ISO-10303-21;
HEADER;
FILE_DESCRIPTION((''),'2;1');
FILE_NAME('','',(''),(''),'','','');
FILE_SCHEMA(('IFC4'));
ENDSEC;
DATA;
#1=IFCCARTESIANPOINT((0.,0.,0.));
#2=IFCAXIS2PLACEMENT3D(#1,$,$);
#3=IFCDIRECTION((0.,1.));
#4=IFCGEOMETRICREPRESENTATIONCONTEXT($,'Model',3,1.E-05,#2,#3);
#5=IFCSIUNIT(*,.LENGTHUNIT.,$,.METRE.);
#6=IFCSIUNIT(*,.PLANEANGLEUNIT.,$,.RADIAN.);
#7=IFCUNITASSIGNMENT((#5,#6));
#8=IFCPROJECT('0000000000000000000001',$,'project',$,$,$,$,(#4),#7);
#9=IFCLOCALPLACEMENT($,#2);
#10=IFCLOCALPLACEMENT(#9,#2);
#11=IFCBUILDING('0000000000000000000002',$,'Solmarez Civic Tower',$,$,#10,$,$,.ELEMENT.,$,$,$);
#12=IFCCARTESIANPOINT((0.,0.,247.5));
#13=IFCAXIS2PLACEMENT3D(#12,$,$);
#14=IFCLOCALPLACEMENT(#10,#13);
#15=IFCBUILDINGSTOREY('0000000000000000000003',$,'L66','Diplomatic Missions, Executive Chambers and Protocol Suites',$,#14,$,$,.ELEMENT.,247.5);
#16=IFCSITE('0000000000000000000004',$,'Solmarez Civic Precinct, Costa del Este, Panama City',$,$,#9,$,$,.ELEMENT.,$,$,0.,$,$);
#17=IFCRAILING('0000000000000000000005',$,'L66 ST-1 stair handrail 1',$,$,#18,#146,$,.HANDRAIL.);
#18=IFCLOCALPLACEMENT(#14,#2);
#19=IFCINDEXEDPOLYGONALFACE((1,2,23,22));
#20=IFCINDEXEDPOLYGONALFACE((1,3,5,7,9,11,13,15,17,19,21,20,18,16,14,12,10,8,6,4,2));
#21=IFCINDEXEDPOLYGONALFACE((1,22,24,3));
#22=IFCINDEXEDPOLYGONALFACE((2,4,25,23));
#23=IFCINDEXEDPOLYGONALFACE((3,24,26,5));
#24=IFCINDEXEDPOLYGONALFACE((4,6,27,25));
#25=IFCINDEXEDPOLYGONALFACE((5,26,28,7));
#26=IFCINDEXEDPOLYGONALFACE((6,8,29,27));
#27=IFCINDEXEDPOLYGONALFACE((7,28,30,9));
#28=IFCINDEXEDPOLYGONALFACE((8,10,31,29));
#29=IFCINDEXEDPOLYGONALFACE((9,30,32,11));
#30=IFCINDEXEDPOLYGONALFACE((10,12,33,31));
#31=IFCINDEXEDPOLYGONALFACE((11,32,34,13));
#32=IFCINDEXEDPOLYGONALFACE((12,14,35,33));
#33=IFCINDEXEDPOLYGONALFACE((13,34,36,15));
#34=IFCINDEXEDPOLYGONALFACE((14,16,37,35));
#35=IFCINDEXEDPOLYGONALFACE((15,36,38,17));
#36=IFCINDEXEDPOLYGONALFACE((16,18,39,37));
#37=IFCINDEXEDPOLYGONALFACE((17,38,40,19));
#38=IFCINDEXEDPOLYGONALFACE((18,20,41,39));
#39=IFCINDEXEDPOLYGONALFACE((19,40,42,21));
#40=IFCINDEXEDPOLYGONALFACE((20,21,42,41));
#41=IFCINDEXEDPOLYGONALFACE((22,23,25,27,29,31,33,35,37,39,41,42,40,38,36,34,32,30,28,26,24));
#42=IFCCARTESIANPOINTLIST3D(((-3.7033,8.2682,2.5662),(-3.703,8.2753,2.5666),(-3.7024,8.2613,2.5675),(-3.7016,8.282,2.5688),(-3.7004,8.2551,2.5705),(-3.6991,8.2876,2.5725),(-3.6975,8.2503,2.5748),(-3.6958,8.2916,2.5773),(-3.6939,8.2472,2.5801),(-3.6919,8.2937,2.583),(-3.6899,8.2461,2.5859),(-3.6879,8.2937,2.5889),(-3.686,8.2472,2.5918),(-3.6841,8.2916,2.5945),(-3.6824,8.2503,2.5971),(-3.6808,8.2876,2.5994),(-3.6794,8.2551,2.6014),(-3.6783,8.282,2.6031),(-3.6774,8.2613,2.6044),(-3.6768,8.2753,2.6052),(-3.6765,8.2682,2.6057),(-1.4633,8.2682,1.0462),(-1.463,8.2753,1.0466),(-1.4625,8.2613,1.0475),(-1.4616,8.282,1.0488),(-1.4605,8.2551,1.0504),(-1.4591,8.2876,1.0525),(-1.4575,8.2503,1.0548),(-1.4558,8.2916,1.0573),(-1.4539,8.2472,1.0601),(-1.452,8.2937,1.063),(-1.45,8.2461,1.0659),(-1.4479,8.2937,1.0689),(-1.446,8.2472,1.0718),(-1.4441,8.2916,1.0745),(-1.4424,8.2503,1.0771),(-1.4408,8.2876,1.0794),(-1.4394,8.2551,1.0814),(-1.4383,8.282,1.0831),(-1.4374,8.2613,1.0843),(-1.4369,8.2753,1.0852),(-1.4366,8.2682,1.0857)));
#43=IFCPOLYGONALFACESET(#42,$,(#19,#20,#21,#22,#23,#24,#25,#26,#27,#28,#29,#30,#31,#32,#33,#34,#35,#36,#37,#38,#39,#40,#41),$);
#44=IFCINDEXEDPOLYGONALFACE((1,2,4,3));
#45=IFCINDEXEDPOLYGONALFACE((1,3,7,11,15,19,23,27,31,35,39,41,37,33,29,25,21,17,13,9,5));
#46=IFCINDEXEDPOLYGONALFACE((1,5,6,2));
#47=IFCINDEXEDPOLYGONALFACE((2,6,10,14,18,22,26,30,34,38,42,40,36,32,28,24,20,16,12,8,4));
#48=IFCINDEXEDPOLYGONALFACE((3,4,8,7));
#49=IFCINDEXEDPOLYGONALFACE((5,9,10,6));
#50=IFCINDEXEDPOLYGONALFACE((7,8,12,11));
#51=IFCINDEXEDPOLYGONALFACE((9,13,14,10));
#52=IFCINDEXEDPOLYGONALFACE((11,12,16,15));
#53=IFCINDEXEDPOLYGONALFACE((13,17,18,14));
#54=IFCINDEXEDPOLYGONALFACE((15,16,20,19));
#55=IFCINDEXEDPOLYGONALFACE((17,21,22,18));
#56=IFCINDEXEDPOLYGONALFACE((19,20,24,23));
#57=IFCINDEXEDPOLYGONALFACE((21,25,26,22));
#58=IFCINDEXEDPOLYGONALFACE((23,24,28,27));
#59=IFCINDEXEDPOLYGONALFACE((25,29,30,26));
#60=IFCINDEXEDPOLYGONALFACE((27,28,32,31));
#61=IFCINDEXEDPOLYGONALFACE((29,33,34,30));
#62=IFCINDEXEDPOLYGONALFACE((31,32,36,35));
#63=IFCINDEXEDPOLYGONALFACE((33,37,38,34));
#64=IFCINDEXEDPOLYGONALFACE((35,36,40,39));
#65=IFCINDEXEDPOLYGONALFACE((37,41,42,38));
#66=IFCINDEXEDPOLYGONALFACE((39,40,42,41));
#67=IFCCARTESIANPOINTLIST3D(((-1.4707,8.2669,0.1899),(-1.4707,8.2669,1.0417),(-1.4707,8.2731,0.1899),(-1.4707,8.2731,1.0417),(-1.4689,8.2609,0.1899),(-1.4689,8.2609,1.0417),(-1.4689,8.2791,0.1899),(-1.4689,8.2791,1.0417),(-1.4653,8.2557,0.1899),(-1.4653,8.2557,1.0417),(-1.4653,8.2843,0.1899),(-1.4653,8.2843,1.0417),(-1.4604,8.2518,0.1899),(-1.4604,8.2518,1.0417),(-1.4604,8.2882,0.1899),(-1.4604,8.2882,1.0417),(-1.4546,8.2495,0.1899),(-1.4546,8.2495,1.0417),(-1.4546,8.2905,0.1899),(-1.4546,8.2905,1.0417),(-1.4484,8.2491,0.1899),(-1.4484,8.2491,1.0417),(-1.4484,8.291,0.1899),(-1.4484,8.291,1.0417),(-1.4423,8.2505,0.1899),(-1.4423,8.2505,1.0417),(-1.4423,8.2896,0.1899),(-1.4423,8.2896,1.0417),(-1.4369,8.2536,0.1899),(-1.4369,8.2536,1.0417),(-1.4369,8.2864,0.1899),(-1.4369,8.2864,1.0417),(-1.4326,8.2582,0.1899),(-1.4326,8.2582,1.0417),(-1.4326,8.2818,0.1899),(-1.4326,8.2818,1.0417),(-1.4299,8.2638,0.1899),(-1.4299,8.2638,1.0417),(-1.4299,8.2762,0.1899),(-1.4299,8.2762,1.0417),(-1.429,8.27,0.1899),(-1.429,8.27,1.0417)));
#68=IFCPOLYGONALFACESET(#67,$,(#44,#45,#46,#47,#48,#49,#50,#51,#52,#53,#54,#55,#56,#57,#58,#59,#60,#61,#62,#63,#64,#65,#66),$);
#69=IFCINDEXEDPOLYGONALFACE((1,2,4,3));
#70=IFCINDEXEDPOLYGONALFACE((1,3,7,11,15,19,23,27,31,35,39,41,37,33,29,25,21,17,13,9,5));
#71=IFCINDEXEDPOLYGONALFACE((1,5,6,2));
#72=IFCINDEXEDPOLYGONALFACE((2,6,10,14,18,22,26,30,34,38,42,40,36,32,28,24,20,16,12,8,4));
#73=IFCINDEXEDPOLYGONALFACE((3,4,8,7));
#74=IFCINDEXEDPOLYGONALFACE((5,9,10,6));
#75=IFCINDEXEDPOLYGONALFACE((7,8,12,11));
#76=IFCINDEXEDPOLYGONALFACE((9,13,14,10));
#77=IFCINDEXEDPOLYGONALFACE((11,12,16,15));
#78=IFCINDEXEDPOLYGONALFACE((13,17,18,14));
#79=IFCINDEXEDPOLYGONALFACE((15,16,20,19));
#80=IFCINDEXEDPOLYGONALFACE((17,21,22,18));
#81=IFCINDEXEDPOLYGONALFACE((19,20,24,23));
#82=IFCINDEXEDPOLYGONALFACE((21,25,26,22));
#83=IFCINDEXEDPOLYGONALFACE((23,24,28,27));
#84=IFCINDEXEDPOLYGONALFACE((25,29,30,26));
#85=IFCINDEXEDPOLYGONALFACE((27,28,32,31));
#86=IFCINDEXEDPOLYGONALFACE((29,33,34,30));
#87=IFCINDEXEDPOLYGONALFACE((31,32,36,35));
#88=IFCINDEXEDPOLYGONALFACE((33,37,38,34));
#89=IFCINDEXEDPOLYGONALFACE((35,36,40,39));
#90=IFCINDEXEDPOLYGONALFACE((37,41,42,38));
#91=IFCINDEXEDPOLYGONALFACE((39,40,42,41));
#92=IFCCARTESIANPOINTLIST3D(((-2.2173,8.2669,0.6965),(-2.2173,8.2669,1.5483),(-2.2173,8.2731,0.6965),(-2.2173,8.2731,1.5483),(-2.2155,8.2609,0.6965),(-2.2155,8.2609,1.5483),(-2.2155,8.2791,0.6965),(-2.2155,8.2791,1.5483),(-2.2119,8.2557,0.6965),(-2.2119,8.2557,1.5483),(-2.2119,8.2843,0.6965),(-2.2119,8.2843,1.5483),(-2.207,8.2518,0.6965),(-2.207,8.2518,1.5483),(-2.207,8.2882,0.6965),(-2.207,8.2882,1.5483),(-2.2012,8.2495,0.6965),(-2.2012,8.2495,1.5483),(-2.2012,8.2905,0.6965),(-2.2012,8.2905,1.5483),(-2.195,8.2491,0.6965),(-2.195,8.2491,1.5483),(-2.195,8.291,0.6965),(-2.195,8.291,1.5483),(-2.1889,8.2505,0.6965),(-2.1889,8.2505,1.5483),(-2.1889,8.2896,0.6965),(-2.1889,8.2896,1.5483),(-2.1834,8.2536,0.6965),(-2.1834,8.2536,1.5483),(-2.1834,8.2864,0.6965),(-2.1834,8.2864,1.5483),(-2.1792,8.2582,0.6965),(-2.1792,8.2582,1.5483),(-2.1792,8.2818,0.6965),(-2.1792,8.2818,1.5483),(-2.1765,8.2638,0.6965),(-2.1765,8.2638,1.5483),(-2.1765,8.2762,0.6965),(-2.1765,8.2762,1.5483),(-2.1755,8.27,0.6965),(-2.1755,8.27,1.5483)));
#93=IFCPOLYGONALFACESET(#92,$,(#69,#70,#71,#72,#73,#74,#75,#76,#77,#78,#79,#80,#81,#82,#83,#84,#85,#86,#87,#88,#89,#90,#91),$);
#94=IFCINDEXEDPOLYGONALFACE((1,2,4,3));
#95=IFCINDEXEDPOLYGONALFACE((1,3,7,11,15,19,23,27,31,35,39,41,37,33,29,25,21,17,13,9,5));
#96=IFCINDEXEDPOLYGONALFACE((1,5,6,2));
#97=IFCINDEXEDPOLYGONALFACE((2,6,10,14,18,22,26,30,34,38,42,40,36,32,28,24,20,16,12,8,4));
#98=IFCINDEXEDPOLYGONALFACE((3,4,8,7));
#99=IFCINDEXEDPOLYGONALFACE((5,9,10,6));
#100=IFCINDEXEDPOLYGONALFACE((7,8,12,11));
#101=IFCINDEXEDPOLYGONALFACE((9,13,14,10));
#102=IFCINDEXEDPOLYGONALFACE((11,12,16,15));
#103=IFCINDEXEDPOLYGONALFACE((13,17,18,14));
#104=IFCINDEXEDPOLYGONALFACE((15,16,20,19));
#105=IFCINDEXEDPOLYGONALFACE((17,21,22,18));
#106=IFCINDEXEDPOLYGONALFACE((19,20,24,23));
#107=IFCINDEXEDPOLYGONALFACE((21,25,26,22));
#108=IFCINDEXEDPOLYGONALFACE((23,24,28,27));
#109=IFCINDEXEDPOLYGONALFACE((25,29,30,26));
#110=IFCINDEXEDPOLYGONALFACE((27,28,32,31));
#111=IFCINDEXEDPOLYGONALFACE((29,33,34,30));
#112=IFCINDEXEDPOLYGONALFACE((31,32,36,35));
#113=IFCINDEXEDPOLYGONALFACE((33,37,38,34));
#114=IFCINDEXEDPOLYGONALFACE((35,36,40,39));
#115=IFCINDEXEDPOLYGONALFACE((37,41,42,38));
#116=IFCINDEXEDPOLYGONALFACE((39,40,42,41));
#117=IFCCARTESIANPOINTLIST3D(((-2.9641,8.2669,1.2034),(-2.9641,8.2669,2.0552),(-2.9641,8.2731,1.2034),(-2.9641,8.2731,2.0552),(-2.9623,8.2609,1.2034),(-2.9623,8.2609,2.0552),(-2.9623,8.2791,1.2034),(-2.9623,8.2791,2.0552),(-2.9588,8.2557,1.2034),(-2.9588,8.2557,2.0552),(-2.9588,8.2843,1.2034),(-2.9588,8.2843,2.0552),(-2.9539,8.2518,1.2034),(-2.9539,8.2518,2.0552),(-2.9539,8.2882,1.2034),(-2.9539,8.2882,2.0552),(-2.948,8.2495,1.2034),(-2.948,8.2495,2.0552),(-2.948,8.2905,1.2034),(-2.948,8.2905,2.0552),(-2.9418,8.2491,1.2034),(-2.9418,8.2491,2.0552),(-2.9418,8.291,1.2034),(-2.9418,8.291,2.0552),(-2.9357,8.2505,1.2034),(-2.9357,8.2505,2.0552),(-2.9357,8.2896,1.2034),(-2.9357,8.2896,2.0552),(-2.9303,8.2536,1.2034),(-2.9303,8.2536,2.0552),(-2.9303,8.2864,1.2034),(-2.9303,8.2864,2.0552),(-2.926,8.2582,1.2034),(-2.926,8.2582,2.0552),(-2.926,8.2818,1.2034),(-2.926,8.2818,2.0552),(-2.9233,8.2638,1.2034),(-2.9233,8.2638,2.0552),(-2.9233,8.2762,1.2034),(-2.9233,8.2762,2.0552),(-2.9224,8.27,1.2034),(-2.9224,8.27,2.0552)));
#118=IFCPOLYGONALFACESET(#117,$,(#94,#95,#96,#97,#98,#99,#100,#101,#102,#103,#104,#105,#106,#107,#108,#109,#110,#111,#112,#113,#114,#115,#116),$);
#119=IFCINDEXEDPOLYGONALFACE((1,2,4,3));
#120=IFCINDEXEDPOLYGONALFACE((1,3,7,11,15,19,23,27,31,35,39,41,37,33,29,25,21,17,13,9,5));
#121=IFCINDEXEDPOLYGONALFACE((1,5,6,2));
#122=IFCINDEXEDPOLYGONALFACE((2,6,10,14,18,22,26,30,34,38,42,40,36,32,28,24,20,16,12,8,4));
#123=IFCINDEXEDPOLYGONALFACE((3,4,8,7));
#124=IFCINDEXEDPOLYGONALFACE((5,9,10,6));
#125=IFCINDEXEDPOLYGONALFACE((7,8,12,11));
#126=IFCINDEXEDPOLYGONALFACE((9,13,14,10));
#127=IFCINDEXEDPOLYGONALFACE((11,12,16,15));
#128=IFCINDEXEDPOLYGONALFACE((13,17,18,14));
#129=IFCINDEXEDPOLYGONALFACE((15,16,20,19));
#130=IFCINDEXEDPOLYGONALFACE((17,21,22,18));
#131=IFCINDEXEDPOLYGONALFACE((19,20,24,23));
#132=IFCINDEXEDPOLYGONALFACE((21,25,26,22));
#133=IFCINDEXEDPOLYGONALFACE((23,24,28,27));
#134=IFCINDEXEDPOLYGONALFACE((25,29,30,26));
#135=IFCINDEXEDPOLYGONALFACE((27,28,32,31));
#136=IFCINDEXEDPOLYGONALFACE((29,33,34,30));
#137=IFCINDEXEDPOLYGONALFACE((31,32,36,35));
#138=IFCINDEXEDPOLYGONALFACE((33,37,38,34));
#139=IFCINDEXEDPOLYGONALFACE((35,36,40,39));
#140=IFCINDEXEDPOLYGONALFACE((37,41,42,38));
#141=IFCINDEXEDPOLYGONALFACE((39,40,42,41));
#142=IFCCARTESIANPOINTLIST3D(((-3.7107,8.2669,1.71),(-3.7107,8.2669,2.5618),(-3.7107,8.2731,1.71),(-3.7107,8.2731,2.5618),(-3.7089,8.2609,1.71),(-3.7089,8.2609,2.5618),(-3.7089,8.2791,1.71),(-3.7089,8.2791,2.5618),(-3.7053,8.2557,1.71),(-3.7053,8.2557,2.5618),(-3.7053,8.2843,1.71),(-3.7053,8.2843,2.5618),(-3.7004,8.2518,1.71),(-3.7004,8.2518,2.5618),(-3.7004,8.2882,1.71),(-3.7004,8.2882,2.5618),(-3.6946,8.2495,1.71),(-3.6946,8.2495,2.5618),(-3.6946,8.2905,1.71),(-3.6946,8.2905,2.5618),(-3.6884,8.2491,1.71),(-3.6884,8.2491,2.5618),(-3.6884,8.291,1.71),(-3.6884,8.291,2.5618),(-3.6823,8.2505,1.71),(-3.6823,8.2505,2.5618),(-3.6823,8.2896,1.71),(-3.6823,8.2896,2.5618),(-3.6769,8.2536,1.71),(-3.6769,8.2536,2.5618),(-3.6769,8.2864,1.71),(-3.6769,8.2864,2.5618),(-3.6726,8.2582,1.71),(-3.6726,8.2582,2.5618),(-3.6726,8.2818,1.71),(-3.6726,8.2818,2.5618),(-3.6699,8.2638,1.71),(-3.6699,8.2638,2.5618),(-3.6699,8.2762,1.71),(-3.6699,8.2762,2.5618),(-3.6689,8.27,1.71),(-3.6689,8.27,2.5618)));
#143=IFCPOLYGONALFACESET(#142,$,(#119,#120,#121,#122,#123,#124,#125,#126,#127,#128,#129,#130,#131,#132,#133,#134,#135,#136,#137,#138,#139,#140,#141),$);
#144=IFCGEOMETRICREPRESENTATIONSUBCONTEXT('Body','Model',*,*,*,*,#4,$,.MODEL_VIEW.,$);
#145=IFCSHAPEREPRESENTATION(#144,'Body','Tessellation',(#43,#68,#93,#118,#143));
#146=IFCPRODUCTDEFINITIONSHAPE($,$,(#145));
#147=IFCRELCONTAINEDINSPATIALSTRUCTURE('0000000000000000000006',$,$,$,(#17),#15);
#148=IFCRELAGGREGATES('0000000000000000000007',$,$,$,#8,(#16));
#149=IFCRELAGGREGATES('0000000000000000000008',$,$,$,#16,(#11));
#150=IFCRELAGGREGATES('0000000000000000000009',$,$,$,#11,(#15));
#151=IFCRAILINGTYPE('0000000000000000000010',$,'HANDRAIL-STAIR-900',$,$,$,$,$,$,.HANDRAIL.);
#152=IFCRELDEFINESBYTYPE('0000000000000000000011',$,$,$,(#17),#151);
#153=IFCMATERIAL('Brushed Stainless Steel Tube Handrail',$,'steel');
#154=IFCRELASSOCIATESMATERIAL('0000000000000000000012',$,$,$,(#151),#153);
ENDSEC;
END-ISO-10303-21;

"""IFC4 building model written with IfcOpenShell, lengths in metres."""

from ifc_helpers import new_model, si_unit, direction, frame, origin, origin_2d, place, context, subcontext, project, spatial, circle, extrude, material, type_object, element, save


model = new_model("IFC4")

# Units and contexts
model_context = context("Model", 3, precision=1e-05, world=origin(), true_north=direction((0.0, 1.0)))
body_context = subcontext(model_context, "Body", "Model", "MODEL_VIEW")
ifc_project = project(units=[si_unit("LENGTHUNIT", "METRE"), si_unit("PLANEANGLEUNIT", "RADIAN")], contexts=[model_context])

# Site, building, storey
site_placement = place(None, origin())
site = spatial("IfcSite", under=ifc_project, at=site_placement, Name="Solmarez Civic Precinct, Costa del Este, Panama City", CompositionType="ELEMENT", RefElevation=0.0)
building_placement = place(site_placement, origin())
building = spatial("IfcBuilding", under=site, at=building_placement, Name="Solmarez Civic Tower", CompositionType="ELEMENT")
storey_placement = place(building_placement, frame((0.0, 0.0, 247.5)))
storey = spatial("IfcBuildingStorey", under=building, at=storey_placement, Name="L66", Description="Diplomatic Missions, Executive Chambers and Protocol Suites", CompositionType="ELEMENT", Elevation=247.5)

# Railing
ifc_material_1 = material(Name="Brushed Stainless Steel Tube Handrail", Category="steel")
railing_type_1 = type_object("IfcRailingType", Name="HANDRAIL-STAIR-900", PredefinedType="HANDRAIL", material=ifc_material_1)
railing_1_placement = place(storey_placement, frame((-1.45, 8.27, 0.1899)))
element("IfcRailing", 1, at=railing_1_placement, inside=storey, type_object=railing_type_1, Name="L66 ST-1 stair handrail 1", PredefinedType="HANDRAIL", context=body_context, shape_type="SweptSolid", body=[
    extrude(circle(Radius=0.0239, at=origin_2d()), frame((0.0, 0.0, 0.876), z_axis=(-0.827471, 0.0, 0.561508), x_axis=(0.0, -1.0, 0.0)), (0.0, 0.0, 1.0), 2.707),
    extrude(circle(Radius=0.021, at=origin_2d()), origin(), (0.0, 0.0, 1.0), 0.8518),
    extrude(circle(Radius=0.021, at=origin_2d()), frame((-0.7466, 0.0, 0.5066)), (0.0, 0.0, 1.0), 0.8518),
    extrude(circle(Radius=0.021, at=origin_2d()), frame((-1.4934, 0.0, 1.0134)), (0.0, 0.0, 1.0), 0.8518),
    extrude(circle(Radius=0.021, at=origin_2d()), frame((-2.24, 0.0, 1.52)), (0.0, 0.0, 1.0), 0.8518),
])

save(model, "model.ifc")
